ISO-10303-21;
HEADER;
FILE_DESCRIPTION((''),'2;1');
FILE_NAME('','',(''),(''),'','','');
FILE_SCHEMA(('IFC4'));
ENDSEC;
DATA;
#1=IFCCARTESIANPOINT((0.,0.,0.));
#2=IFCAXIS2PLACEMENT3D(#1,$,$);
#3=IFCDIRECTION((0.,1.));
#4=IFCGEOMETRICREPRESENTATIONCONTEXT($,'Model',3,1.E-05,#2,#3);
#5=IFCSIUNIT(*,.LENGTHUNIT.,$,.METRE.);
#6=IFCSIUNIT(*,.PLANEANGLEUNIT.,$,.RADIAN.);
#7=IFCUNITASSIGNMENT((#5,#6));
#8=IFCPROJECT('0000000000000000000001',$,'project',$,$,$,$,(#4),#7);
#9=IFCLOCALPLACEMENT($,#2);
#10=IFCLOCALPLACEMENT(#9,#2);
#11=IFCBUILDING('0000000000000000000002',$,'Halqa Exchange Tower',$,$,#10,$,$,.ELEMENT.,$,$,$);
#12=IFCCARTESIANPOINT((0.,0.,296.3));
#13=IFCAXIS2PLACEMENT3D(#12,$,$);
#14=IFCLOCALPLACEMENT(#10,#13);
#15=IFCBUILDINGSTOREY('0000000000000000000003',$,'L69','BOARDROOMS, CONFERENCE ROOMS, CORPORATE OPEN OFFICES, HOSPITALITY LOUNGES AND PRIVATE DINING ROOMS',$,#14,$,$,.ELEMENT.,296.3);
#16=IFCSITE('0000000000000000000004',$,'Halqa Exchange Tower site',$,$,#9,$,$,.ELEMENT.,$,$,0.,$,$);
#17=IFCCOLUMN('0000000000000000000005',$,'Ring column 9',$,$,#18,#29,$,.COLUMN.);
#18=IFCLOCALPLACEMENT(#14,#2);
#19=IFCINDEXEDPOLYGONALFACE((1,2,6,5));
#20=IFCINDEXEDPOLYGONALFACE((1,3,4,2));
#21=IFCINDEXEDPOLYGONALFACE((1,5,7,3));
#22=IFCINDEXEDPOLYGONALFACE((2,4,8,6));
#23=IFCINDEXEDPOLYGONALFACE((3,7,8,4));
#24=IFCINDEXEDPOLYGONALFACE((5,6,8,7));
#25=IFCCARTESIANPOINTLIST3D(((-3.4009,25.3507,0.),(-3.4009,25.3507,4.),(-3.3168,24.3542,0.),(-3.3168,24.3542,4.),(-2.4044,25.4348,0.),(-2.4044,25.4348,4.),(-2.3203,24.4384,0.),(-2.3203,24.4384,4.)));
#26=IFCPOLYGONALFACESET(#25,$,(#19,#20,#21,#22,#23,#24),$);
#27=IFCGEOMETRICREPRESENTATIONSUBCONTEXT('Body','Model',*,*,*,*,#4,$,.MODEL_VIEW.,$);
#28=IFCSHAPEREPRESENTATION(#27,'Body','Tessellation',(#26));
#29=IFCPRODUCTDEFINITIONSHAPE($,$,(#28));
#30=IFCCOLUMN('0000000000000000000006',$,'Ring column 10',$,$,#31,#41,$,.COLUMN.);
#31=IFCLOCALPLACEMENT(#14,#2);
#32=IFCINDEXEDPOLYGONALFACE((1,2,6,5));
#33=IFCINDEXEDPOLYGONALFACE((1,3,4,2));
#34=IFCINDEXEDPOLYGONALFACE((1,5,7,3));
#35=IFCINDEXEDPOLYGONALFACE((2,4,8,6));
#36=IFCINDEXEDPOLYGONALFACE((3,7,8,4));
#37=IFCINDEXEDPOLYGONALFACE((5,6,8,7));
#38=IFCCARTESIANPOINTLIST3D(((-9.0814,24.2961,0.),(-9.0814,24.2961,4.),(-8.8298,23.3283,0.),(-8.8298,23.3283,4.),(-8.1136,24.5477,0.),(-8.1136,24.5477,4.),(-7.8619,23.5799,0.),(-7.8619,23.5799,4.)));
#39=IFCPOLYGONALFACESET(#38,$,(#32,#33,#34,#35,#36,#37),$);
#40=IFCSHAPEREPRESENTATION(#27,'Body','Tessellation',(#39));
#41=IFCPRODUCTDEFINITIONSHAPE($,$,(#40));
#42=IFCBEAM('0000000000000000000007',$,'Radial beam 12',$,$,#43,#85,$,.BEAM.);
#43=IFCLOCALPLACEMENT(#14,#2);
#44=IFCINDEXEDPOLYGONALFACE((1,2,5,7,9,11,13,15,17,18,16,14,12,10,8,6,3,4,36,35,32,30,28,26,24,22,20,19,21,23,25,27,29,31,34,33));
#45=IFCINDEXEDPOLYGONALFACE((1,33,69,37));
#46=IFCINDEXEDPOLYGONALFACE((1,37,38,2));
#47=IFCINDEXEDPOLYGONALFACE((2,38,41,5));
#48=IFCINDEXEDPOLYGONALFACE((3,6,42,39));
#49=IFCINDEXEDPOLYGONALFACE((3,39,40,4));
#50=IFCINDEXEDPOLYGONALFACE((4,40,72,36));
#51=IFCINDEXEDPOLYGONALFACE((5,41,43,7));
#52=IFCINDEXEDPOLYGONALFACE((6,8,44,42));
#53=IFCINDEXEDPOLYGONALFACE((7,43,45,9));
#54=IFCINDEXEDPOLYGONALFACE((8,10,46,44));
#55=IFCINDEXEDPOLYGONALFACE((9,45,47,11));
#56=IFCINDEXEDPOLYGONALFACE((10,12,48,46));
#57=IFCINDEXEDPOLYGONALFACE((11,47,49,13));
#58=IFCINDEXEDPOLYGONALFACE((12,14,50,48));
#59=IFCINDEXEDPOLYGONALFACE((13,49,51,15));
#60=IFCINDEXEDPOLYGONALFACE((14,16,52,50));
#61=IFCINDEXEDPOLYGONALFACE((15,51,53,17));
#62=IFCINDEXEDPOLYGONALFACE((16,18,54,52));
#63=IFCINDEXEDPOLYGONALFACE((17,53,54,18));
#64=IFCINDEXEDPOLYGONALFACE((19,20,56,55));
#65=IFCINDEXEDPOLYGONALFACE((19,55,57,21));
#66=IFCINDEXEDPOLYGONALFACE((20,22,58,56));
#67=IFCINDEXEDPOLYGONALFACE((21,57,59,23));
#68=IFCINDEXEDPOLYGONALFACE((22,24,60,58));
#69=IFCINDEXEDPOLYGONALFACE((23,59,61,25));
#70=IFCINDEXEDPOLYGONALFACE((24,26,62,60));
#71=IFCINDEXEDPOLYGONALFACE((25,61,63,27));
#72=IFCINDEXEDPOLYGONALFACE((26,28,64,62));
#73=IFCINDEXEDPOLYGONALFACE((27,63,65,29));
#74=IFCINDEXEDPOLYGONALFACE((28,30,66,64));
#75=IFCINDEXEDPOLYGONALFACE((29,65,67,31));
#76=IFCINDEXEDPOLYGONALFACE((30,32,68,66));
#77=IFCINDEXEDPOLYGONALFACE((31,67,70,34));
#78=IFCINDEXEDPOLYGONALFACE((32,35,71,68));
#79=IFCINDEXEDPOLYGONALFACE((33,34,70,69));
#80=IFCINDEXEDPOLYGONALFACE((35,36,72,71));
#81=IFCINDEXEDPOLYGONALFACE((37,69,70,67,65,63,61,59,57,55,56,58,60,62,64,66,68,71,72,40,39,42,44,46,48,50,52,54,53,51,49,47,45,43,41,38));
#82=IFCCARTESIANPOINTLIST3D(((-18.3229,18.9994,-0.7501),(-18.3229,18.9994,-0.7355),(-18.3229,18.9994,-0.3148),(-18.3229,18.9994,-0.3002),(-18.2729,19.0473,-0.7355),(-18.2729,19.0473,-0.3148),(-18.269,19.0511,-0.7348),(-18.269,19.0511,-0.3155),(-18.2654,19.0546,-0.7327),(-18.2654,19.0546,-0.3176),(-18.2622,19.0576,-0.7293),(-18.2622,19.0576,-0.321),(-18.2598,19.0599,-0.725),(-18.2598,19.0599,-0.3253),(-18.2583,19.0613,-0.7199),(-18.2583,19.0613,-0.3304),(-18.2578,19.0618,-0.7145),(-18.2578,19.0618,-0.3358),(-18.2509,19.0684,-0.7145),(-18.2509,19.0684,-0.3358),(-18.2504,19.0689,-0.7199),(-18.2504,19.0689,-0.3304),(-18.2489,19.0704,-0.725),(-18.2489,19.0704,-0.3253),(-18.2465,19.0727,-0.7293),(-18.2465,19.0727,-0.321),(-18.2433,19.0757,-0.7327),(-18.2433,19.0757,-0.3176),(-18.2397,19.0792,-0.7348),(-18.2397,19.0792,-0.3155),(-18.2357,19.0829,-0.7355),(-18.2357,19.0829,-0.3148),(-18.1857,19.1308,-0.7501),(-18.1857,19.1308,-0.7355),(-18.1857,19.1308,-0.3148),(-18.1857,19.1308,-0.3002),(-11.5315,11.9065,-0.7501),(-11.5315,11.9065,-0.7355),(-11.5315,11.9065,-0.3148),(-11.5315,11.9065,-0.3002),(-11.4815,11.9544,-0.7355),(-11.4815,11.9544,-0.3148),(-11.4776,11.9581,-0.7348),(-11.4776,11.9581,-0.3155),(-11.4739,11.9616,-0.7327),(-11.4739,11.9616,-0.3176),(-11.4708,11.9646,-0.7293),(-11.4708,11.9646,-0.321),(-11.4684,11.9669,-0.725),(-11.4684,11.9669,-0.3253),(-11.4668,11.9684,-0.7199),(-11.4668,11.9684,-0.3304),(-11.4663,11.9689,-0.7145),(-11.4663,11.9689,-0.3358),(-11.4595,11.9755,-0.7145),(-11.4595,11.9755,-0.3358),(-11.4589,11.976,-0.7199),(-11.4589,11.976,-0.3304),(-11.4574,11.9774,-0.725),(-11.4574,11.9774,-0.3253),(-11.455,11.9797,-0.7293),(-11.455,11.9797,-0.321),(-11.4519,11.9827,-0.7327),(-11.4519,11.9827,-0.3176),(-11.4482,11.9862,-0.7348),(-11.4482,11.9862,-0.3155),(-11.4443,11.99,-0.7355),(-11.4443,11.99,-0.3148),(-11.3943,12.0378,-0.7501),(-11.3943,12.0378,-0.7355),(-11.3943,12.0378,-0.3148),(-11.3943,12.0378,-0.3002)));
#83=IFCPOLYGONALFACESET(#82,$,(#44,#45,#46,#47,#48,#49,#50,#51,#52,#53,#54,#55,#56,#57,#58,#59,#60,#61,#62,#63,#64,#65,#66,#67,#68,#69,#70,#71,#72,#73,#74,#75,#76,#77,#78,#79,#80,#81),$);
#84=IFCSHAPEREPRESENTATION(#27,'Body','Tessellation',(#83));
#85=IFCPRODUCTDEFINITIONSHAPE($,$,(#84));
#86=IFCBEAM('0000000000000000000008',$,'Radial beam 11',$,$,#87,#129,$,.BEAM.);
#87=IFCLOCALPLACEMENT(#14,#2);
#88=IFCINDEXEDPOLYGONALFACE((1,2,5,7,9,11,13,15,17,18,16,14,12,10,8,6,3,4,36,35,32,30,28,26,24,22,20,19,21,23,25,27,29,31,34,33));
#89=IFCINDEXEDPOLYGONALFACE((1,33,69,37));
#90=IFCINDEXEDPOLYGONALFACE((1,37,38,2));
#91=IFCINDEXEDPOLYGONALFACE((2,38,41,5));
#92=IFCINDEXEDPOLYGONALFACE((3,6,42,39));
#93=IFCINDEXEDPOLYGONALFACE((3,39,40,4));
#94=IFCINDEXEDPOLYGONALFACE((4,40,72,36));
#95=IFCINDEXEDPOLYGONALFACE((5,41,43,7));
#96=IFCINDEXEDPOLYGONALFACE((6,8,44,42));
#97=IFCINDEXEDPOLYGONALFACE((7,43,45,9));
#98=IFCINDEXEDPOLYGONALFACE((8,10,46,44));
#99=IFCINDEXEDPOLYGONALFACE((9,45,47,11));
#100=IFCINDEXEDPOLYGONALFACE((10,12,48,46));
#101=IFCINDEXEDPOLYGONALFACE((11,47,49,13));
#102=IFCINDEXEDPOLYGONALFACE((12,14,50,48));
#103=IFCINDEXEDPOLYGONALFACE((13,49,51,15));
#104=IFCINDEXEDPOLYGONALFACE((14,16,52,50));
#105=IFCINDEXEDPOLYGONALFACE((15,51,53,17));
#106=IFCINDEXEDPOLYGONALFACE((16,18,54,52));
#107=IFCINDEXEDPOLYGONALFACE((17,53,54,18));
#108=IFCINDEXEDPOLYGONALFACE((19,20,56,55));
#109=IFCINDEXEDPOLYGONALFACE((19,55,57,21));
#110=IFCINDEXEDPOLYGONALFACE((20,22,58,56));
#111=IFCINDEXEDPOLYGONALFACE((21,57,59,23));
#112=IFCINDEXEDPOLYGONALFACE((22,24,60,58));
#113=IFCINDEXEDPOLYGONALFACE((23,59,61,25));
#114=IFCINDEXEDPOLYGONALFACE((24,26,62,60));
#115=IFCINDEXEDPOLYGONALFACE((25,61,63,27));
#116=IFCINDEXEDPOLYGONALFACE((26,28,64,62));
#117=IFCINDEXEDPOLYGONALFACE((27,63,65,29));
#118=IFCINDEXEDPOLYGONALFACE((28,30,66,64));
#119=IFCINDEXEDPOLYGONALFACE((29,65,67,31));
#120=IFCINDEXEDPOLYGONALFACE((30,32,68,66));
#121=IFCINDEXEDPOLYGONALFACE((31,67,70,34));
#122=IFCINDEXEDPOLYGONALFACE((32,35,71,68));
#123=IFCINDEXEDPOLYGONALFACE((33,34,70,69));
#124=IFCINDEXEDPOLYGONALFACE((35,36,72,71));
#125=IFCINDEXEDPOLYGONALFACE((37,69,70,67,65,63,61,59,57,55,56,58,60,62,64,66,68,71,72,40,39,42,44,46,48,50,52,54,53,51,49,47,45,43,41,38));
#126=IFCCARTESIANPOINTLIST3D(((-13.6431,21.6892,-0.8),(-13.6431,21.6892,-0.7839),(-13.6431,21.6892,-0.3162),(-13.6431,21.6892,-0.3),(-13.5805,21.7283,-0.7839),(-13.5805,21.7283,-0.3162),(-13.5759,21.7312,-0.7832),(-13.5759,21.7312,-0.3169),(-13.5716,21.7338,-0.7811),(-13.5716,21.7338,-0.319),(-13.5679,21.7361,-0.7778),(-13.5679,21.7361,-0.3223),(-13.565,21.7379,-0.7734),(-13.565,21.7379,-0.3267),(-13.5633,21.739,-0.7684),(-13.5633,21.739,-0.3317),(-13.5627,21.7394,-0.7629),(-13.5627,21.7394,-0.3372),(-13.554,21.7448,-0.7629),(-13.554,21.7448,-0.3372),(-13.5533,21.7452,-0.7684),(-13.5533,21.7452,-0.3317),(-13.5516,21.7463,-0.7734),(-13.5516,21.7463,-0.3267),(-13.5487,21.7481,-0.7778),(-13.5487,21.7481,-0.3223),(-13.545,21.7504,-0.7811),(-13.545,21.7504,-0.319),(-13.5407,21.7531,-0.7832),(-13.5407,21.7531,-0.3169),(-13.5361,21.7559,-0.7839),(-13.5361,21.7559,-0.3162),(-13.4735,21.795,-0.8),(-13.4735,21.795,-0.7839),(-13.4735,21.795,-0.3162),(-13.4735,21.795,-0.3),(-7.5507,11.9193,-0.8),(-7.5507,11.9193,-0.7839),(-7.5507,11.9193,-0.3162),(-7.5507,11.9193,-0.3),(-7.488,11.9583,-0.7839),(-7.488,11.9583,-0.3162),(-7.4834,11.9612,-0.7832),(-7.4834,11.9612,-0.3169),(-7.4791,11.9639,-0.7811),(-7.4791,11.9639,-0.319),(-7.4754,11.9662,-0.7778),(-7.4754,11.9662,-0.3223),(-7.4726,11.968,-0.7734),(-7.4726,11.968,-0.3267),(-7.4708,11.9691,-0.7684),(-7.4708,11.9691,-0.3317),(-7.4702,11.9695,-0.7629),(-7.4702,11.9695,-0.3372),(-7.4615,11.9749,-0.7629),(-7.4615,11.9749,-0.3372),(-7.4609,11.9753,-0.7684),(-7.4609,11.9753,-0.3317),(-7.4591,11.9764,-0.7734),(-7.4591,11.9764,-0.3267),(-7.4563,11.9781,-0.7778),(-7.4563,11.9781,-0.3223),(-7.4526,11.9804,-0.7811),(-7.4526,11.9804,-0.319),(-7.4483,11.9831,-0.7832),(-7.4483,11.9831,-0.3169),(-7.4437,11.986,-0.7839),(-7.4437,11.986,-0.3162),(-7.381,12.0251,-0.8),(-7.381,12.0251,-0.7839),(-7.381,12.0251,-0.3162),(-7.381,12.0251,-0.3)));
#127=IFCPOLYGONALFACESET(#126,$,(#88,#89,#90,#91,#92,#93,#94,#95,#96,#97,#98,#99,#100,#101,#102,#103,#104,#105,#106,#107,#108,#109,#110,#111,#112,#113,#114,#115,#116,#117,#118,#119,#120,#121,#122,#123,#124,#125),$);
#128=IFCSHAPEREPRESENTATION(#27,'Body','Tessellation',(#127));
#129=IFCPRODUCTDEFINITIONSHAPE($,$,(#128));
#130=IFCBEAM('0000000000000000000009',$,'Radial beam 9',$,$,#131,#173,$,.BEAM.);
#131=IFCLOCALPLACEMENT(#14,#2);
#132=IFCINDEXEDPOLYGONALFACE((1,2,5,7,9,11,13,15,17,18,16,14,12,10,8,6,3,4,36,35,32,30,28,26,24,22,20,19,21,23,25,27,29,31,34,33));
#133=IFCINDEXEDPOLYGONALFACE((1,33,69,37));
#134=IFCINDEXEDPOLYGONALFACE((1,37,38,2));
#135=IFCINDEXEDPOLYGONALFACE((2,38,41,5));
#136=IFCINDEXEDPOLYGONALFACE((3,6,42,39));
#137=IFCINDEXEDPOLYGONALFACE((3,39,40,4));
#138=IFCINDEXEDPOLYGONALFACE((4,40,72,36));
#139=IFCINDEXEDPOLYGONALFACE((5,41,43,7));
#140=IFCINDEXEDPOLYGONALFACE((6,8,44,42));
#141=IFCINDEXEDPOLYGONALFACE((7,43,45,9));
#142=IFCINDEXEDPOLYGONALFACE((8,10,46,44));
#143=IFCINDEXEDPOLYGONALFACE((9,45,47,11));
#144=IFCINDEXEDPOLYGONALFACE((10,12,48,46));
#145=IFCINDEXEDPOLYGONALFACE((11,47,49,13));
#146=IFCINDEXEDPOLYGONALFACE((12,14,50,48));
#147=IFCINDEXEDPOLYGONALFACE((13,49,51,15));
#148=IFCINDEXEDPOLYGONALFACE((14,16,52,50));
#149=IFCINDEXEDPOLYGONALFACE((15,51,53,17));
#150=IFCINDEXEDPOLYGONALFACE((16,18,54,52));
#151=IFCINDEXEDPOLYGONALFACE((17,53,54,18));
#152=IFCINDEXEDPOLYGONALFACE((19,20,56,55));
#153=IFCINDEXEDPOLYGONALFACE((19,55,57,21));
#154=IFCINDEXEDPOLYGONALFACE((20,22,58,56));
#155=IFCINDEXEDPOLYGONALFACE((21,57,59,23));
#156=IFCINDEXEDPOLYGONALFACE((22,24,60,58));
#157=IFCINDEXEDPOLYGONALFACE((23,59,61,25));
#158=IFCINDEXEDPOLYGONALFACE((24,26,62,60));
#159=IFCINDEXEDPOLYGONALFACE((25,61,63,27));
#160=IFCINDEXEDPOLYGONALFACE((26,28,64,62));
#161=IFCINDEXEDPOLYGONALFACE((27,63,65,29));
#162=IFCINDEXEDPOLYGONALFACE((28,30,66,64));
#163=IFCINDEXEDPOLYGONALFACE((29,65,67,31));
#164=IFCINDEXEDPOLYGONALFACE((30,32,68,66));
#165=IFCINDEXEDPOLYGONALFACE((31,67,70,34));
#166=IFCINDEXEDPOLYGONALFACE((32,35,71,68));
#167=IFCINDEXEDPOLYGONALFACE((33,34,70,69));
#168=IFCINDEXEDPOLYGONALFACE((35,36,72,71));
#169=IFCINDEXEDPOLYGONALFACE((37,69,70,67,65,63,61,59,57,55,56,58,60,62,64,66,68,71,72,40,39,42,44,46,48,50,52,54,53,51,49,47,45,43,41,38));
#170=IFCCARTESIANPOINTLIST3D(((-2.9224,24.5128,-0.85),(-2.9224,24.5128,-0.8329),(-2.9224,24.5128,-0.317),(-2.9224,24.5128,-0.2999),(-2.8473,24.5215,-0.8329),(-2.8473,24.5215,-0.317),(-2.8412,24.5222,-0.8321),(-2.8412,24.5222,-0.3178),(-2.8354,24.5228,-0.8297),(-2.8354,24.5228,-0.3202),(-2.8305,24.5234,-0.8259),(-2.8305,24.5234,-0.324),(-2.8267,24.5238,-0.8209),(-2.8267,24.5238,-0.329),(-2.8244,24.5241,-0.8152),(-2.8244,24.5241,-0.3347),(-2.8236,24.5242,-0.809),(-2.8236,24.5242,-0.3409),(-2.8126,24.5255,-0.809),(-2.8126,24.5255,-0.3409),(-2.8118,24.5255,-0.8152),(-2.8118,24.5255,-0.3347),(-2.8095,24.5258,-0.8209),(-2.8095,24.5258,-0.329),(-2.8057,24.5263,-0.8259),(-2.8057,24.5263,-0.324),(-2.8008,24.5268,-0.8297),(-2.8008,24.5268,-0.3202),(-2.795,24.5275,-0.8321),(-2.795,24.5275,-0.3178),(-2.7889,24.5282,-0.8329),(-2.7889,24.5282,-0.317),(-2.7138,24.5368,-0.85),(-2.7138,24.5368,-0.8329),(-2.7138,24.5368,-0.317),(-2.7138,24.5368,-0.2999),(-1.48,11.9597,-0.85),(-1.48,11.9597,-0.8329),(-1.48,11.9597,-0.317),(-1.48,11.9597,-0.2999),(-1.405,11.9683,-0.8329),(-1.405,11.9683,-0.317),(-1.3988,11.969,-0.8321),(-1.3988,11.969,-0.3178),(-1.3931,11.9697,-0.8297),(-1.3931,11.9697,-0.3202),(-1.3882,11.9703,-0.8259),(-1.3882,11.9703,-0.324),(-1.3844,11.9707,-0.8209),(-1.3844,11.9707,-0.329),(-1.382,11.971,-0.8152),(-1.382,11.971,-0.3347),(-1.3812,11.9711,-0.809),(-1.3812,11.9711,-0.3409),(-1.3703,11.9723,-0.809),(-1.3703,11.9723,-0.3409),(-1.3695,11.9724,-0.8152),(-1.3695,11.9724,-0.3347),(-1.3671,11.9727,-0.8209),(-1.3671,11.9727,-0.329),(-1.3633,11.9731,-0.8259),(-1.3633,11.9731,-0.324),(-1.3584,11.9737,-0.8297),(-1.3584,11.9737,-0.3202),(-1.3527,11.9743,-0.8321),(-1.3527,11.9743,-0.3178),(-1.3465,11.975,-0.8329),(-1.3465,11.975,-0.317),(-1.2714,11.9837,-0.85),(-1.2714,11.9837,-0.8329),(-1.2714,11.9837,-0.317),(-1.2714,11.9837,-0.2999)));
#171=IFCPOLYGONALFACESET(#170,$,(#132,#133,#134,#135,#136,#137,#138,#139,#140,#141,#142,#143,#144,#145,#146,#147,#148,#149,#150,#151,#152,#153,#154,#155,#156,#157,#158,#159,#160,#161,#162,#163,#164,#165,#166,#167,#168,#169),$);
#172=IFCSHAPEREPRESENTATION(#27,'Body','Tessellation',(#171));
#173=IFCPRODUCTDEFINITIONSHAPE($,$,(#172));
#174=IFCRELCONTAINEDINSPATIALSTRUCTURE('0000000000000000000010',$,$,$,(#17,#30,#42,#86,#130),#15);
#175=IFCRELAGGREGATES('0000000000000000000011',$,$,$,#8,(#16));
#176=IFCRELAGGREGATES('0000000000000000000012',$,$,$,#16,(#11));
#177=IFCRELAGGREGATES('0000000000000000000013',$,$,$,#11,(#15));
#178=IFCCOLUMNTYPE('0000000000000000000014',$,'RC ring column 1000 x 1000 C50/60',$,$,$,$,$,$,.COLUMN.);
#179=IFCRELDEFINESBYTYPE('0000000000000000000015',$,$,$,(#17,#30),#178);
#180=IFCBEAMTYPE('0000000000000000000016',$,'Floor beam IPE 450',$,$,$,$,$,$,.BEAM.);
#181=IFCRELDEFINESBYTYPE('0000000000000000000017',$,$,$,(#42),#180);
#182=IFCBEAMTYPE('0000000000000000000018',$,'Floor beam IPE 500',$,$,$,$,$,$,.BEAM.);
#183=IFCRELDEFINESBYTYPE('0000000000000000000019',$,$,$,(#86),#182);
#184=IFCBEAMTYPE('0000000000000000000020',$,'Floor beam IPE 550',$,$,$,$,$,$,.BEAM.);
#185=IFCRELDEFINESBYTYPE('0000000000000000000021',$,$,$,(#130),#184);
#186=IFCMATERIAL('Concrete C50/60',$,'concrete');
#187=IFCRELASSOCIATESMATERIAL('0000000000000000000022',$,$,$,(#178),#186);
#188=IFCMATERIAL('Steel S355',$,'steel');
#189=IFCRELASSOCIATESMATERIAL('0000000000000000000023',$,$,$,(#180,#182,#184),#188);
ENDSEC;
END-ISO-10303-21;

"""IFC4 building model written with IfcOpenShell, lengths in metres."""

from ifc_helpers import new_model, si_unit, direction, frame, origin, origin_2d, place, context, subcontext, project, spatial, rectangle, i_section, extrude, material, material_profile, profile_set, type_object, element, save


model = new_model("IFC4")

# Units and contexts
model_context = context("Model", 3, precision=1e-05, world=origin(), true_north=direction((0.0, 1.0)))
body_context = subcontext(model_context, "Body", "Model", "MODEL_VIEW")
ifc_project = project(units=[si_unit("LENGTHUNIT", "METRE"), si_unit("PLANEANGLEUNIT", "RADIAN")], contexts=[model_context])

# Site, building, storey
site_placement = place(None, origin())
site = spatial("IfcSite", under=ifc_project, at=site_placement, Name="Halqa Exchange Tower site", CompositionType="ELEMENT", RefElevation=0.0)
building_placement = place(site_placement, origin())
building = spatial("IfcBuilding", under=site, at=building_placement, Name="Halqa Exchange Tower", CompositionType="ELEMENT")
storey_placement = place(building_placement, frame((0.0, 0.0, 296.3)))
storey = spatial("IfcBuildingStorey", under=building, at=storey_placement, Name="L69", Description="BOARDROOMS, CONFERENCE ROOMS, CORPORATE OPEN OFFICES, HOSPITALITY LOUNGES AND PRIVATE DINING ROOMS", CompositionType="ELEMENT", Elevation=296.3)

# Columns
ifc_material_1 = material(Name="Concrete C50/60", Category="concrete")
ifc_material_profile_1 = material_profile(ifc_material_1, rectangle(XDim=1.0, YDim=1.0, at=origin_2d()), Name="1000 x 1000")
ifc_profile_set_1 = profile_set([ifc_material_profile_1], Name="Concrete C50/60")
column_type = type_object("IfcColumnType", Name="RC ring column 1000 x 1000 C50/60", PredefinedType="COLUMN", material=ifc_profile_set_1)
for number, where, z_axis, x_axis, name in (
    (1, (-2.8606, 24.8945, 0.0), (0.0, 0.0, 1.0), (-0.996456, -0.084114, 0.0), "Ring column 9"),
    (2, (-8.4717, 23.938, 0.0), (0.0, 0.0, 1.0), (-0.967821, -0.251639, 0.0), "Ring column 10"),
):
    element("IfcColumn", number, at=place(storey_placement, frame(where, z_axis=z_axis, x_axis=x_axis)), inside=storey, type_object=column_type, Name=name, PredefinedType="COLUMN", context=body_context, shape_type="SweptSolid", body=[
        extrude(rectangle(XDim=1.0, YDim=1.0, at=origin_2d()), origin(), (0.0, 0.0, 1.0), 4.0),
    ])

# Beams
ifc_material_2 = material(Name="Steel S355", Category="steel")
ifc_material_profile_2 = material_profile(ifc_material_2, i_section(OverallWidth=0.1899, OverallDepth=0.45, WebThickness=0.0095, FlangeThickness=0.0146, FilletRadius=0.021, at=origin_2d()), Name="IPE 450")
ifc_profile_set_2 = profile_set([ifc_material_profile_2], Name="Steel S355")
beam_type_1 = type_object("IfcBeamType", Name="Floor beam IPE 450", PredefinedType="BEAM", material=ifc_profile_set_2)
beam_1_placement = place(storey_placement, frame((-11.4629, 11.9722, -0.5251), z_axis=(-0.691588, 0.722292, 0.0), x_axis=(-0.722292, -0.691588, 0.0)))
element("IfcBeam", 3, at=beam_1_placement, inside=storey, type_object=beam_type_1, Name="Radial beam 12", PredefinedType="BEAM", context=body_context, shape_type="SweptSolid", body=[
    extrude(i_section(OverallWidth=0.1899, OverallDepth=0.45, WebThickness=0.0095, FlangeThickness=0.0146, FilletRadius=0.021, at=origin_2d()), origin(), (0.0, 0.0, 1.0), 9.8201),
])
ifc_material_profile_3 = material_profile(ifc_material_2, i_section(OverallWidth=0.2, OverallDepth=0.5, WebThickness=0.0103, FlangeThickness=0.0161, FilletRadius=0.021, at=origin_2d()), Name="IPE 500")
ifc_profile_set_3 = profile_set([ifc_material_profile_3], Name="Steel S355")
beam_type_2 = type_object("IfcBeamType", Name="Floor beam IPE 500", PredefinedType="BEAM", material=ifc_profile_set_3)
beam_2_placement = place(storey_placement, frame((-7.4658, 11.9722, -0.55), z_axis=(-0.529141, 0.848534, 0.0), x_axis=(-0.848534, -0.529141, 0.0)))
element("IfcBeam", 4, at=beam_2_placement, inside=storey, type_object=beam_type_2, Name="Radial beam 11", PredefinedType="BEAM", context=body_context, shape_type="SweptSolid", body=[
    extrude(i_section(OverallWidth=0.2, OverallDepth=0.5, WebThickness=0.0103, FlangeThickness=0.0161, FilletRadius=0.021, at=origin_2d()), origin(), (0.0, 0.0, 1.0), 11.5139),
])
ifc_material_profile_4 = material_profile(ifc_material_2, i_section(OverallWidth=0.21, OverallDepth=0.55, WebThickness=0.011, FlangeThickness=0.0171, FilletRadius=0.0239, at=origin_2d()), Name="IPE 550")
ifc_profile_set_4 = profile_set([ifc_material_profile_4], Name="Steel S355")
beam_type_3 = type_object("IfcBeamType", Name="Floor beam IPE 550", PredefinedType="BEAM", material=ifc_profile_set_4)
beam_3_placement = place(storey_placement, frame((-1.3757, 11.9717, -0.575), z_axis=(-0.11415, 0.993463, 0.0), x_axis=(-0.993463, -0.11415, 0.0)))
element("IfcBeam", 5, at=beam_3_placement, inside=storey, type_object=beam_type_3, Name="Radial beam 9", PredefinedType="BEAM", context=body_context, shape_type="SweptSolid", body=[
    extrude(i_section(OverallWidth=0.21, OverallDepth=0.55, WebThickness=0.011, FlangeThickness=0.0171, FilletRadius=0.0239, at=origin_2d()), origin(), (0.0, 0.0, 1.0), 12.6357),
])

save(model, "model.ifc")
